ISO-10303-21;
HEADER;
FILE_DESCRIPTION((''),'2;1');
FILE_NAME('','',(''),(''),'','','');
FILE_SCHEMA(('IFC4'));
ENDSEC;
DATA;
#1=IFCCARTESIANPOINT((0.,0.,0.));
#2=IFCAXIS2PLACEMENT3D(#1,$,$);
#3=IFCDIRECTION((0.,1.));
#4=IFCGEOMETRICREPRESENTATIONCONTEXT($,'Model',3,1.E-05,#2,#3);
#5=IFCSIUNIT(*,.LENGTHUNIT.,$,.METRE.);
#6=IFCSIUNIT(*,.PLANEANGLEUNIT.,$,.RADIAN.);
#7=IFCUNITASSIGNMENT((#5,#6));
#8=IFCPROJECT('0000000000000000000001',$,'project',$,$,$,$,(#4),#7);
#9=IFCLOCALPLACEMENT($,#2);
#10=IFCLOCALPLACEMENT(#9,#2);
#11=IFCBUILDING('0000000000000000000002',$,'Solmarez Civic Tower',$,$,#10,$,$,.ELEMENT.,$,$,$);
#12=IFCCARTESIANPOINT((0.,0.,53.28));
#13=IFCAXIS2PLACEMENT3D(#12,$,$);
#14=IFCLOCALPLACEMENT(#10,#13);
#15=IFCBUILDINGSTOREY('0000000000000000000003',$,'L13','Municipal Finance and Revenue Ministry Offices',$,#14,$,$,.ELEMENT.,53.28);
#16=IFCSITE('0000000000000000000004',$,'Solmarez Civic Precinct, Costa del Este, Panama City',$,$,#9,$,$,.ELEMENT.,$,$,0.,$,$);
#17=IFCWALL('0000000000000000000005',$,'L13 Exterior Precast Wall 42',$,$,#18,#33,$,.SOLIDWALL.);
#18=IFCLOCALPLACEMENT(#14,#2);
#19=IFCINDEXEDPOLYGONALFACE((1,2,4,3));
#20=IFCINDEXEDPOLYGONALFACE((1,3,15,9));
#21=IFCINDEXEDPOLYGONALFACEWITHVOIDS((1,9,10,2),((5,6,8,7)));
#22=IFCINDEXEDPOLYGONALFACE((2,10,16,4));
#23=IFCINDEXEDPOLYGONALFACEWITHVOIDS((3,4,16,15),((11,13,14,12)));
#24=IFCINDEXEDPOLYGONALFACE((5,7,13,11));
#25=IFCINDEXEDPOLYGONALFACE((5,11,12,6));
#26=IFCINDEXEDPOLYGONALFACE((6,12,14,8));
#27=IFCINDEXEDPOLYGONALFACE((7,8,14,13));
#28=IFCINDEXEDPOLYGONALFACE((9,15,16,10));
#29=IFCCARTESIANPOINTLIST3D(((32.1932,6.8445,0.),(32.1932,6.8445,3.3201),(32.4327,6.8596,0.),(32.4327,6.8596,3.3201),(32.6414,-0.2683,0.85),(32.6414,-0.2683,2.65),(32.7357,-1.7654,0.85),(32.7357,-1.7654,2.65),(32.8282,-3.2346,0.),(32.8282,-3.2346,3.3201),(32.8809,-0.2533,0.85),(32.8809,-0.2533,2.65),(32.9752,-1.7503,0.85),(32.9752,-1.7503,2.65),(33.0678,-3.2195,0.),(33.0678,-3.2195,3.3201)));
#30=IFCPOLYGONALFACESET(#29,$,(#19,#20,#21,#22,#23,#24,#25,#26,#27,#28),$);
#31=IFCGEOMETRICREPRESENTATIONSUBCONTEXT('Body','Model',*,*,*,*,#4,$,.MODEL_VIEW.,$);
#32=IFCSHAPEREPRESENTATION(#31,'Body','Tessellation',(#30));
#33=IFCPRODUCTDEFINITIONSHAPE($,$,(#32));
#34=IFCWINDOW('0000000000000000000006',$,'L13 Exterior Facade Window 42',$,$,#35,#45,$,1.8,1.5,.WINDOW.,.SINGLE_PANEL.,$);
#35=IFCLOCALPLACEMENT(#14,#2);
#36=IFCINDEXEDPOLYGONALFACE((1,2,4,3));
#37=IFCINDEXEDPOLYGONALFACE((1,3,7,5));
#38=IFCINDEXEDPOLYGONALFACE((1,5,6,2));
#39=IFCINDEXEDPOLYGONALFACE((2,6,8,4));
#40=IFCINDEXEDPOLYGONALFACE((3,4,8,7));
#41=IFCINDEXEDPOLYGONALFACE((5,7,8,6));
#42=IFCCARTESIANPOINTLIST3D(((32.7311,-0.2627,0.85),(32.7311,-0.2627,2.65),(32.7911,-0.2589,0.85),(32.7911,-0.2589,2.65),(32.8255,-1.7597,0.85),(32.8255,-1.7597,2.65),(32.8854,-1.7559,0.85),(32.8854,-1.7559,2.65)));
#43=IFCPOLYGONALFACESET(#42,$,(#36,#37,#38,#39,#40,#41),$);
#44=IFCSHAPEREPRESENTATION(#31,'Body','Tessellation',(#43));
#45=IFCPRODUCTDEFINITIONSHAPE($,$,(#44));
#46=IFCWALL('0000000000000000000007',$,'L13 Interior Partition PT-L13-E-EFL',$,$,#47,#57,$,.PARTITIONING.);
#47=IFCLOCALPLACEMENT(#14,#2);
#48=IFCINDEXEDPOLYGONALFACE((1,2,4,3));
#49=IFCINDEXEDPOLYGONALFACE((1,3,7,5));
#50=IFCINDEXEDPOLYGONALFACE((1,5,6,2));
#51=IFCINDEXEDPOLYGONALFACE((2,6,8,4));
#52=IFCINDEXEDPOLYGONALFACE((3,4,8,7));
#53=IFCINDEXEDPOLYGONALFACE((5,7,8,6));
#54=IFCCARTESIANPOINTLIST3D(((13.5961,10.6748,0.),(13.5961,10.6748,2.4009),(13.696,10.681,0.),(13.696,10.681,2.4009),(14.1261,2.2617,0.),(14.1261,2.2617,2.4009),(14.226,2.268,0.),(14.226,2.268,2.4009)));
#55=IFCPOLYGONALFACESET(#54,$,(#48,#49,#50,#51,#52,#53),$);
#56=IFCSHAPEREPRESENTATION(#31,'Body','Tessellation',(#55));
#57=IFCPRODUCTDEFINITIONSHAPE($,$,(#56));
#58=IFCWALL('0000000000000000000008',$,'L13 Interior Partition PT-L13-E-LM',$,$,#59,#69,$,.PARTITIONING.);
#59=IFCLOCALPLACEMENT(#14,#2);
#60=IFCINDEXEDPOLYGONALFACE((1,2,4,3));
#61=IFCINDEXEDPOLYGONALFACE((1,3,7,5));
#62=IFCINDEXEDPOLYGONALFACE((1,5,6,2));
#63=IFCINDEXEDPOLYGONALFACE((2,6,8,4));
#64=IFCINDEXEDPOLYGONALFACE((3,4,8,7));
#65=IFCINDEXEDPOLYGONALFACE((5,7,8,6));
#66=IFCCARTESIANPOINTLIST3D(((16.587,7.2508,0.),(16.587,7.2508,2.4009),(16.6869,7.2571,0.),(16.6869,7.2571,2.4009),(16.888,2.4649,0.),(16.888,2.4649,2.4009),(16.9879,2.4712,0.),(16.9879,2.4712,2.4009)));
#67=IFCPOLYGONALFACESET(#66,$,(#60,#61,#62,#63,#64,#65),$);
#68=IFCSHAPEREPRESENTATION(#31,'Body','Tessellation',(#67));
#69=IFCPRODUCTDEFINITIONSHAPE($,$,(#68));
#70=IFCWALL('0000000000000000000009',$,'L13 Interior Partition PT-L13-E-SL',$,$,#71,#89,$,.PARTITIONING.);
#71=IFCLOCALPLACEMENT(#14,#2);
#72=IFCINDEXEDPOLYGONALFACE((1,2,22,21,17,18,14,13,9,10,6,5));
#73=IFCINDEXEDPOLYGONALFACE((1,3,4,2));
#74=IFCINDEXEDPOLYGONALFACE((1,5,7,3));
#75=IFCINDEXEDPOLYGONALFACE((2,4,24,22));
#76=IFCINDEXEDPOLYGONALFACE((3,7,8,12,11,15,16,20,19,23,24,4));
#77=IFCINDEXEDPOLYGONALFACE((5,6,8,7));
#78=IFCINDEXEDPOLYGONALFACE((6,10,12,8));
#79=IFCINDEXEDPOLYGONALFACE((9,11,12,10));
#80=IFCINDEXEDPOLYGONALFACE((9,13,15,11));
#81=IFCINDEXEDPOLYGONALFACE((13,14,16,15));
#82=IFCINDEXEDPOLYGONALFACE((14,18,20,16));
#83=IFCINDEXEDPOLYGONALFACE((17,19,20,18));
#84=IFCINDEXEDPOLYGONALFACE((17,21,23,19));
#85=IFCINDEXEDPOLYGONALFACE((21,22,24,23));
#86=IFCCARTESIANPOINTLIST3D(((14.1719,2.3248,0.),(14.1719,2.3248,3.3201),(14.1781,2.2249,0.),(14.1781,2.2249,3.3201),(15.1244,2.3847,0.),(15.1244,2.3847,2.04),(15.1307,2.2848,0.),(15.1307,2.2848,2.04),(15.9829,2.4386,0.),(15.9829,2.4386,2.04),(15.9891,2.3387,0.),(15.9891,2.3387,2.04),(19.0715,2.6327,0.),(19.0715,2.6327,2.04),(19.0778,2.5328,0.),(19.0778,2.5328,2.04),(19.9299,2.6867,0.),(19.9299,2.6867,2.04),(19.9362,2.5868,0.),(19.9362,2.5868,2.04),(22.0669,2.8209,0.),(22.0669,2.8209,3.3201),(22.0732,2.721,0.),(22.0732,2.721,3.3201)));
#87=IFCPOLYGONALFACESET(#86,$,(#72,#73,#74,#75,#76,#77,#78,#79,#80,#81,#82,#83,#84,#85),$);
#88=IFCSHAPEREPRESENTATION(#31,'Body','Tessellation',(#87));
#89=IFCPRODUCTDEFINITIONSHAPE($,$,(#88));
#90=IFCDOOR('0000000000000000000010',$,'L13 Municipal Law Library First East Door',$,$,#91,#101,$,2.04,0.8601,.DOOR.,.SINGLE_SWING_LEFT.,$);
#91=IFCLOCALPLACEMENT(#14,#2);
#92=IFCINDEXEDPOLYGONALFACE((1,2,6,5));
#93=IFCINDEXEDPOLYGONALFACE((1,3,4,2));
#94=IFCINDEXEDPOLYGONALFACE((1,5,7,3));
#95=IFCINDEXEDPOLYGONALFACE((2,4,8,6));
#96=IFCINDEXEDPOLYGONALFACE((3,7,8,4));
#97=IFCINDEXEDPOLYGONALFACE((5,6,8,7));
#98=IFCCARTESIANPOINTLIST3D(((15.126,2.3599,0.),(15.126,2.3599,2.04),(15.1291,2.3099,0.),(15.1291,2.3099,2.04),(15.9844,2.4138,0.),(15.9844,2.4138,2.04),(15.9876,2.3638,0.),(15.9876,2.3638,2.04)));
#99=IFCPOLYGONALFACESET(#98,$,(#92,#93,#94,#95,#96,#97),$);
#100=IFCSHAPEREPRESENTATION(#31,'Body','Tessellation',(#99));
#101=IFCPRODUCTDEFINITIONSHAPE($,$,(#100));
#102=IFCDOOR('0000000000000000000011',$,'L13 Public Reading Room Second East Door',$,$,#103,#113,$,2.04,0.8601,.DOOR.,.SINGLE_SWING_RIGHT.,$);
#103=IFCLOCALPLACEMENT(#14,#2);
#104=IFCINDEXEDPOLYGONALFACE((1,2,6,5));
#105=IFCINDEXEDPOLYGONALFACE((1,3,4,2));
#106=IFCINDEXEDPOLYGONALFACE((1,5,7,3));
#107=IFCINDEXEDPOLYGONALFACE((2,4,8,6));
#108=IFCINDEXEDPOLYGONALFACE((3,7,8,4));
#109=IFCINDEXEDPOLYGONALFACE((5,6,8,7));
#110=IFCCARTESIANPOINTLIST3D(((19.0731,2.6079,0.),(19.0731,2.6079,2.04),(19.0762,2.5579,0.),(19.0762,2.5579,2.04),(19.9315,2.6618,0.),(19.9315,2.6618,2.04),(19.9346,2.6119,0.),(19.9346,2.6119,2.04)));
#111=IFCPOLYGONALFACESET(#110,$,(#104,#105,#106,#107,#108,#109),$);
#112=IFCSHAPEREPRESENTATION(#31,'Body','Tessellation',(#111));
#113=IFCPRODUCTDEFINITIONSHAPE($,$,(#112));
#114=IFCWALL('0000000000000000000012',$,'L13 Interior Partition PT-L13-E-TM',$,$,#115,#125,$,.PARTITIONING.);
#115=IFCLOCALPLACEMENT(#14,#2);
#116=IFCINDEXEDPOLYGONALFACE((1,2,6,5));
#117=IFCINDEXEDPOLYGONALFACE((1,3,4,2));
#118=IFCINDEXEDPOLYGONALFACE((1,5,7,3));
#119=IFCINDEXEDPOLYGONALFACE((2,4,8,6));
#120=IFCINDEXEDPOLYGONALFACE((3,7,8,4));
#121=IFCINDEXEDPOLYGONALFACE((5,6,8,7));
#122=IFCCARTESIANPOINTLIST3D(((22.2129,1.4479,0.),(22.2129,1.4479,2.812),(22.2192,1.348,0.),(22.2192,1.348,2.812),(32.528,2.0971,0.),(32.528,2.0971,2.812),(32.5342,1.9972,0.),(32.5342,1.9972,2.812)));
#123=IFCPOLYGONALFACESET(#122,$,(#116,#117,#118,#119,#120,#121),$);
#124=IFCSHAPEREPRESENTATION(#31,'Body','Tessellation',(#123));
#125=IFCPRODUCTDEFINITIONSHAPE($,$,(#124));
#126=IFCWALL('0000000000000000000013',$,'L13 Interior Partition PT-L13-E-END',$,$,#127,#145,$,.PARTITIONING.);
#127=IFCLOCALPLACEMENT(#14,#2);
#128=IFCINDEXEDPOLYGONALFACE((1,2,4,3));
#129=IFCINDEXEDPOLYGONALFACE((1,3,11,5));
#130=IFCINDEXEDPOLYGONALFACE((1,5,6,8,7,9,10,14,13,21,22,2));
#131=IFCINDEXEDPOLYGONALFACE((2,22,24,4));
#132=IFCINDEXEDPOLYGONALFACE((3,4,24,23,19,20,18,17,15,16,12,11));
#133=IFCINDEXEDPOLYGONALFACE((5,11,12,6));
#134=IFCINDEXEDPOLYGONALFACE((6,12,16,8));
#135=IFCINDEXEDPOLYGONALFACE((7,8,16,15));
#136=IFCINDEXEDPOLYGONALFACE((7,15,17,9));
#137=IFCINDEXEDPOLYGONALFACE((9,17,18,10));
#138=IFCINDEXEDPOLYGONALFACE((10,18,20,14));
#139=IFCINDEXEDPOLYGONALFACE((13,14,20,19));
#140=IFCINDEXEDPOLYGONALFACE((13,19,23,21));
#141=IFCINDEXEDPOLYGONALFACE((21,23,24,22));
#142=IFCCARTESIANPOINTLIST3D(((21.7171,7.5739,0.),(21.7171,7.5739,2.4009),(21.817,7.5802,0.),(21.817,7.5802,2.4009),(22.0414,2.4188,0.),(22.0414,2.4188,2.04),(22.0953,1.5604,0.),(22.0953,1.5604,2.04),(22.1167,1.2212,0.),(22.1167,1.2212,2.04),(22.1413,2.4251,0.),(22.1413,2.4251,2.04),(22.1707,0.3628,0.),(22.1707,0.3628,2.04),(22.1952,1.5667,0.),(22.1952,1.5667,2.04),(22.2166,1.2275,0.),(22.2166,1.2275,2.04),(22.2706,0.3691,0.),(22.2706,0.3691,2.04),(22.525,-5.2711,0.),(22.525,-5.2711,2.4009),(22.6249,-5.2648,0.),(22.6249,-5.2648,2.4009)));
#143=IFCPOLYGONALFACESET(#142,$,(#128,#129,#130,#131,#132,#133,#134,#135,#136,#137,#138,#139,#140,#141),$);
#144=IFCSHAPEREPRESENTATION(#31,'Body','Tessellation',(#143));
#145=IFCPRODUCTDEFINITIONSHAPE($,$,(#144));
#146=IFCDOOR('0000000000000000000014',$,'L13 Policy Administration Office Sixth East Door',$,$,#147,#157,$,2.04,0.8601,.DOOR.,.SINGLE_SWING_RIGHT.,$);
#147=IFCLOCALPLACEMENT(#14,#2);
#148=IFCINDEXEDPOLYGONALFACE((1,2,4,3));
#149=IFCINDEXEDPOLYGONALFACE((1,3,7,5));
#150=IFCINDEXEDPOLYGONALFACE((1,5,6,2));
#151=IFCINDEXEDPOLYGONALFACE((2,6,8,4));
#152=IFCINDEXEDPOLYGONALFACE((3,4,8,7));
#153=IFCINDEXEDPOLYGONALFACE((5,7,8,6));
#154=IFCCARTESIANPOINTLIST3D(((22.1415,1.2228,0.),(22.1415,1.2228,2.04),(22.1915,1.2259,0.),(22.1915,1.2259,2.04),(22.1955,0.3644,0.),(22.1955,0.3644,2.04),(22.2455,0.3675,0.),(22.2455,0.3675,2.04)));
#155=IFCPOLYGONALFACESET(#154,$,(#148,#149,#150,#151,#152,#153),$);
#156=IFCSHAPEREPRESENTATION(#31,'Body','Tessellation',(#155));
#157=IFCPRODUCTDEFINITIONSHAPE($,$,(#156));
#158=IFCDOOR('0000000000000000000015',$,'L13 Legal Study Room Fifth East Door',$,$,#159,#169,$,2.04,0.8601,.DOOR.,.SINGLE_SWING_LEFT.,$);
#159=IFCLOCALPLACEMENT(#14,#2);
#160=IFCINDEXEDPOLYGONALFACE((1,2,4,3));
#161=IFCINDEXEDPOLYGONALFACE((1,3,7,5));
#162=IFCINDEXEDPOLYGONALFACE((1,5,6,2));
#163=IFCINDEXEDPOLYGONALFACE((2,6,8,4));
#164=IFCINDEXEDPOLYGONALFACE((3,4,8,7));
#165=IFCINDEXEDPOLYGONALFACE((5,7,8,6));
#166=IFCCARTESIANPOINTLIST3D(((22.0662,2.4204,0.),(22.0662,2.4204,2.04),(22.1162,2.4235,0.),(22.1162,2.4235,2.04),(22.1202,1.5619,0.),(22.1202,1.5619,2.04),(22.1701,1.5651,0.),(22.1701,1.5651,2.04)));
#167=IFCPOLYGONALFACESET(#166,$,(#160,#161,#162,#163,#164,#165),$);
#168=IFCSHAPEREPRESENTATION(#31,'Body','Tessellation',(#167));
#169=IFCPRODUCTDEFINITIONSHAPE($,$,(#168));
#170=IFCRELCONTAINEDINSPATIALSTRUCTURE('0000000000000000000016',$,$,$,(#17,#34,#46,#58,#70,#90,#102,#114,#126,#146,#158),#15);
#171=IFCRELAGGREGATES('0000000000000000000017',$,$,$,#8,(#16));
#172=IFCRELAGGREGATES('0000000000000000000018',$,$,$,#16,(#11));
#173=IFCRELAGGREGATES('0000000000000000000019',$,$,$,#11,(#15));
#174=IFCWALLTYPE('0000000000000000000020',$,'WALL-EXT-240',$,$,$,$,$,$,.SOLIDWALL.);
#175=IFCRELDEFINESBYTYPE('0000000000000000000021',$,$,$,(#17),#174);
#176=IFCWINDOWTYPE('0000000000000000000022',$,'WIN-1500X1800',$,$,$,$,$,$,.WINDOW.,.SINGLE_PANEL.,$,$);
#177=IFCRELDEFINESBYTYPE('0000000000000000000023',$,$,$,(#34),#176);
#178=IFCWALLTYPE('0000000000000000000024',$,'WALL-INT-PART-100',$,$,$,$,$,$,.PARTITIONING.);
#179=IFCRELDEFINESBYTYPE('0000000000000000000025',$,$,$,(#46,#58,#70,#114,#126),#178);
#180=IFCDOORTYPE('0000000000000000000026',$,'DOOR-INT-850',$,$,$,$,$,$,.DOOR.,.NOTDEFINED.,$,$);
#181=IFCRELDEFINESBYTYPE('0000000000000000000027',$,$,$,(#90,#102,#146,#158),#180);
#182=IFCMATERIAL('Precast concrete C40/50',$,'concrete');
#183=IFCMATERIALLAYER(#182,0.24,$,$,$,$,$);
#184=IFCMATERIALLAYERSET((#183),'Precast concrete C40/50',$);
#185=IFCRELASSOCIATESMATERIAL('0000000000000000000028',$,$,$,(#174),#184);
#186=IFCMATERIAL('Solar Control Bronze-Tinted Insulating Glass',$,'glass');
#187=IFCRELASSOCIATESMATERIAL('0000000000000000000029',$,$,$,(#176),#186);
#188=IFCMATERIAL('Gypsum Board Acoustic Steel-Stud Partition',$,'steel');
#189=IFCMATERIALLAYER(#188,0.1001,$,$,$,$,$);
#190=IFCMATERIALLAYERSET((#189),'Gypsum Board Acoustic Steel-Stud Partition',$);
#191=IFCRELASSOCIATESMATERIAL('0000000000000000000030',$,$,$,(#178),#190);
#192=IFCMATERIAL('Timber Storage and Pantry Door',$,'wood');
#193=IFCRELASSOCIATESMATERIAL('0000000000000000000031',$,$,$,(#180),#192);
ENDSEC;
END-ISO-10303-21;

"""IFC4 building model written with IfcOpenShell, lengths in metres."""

from ifc_helpers import new_model, si_unit, direction, frame, frame_2d, origin, place, context, subcontext, project, spatial, rectangle, extrude, material, layer, layer_set, type_object, element, fill, save


model = new_model("IFC4")

# Units and contexts
model_context = context("Model", 3, precision=1e-05, world=origin(), true_north=direction((0.0, 1.0)))
body_context = subcontext(model_context, "Body", "Model", "MODEL_VIEW")
ifc_project = project(units=[si_unit("LENGTHUNIT", "METRE"), si_unit("PLANEANGLEUNIT", "RADIAN")], contexts=[model_context])

# Site, building, storey
site_placement = place(None, origin())
site = spatial("IfcSite", under=ifc_project, at=site_placement, Name="Solmarez Civic Precinct, Costa del Este, Panama City", CompositionType="ELEMENT", RefElevation=0.0)
building_placement = place(site_placement, origin())
building = spatial("IfcBuilding", under=site, at=building_placement, Name="Solmarez Civic Tower", CompositionType="ELEMENT")
storey_placement = place(building_placement, frame((0.0, 0.0, 53.28)))
storey = spatial("IfcBuildingStorey", under=building, at=storey_placement, Name="L13", Description="Municipal Finance and Revenue Ministry Offices", CompositionType="ELEMENT", Elevation=53.28)

# Shared definitions
ifc_material_1 = material(Name="Precast concrete C40/50", Category="concrete")
ifc_layer_1 = layer(ifc_material_1, 0.24)
ifc_layer_set_1 = layer_set([ifc_layer_1], Name="Precast concrete C40/50")
wall_type_1 = type_object("IfcWallType", Name="WALL-EXT-240", PredefinedType="SOLIDWALL", material=ifc_layer_set_1)

# Wall, opening, window
wall_1_placement = place(storey_placement, frame((32.313, 6.8521, 0.0), z_axis=(0.0, 0.0, 1.0), x_axis=(0.062878, -0.998021, 0.0)))
wall_1 = element("IfcWall", 1, at=wall_1_placement, inside=storey, type_object=wall_type_1, Name="L13 Exterior Precast Wall 42", PredefinedType="SOLIDWALL", context=body_context, shape_type="SweptSolid", body=[
    extrude(rectangle(XDim=10.0991, YDim=0.24, at=frame_2d((5.0496, 0.0))), origin(), (0.0, 0.0, 1.0), 3.3201),
])
opening_1_placement = place(wall_1_placement, frame((7.127, 0.0, 0.8501)))
opening_1 = element("IfcOpeningElement", 2, at=opening_1_placement, cuts=wall_1, PredefinedType="OPENING", context=body_context, shape_type="SweptSolid", body=[
    extrude(rectangle(XDim=1.5, YDim=1.8, at=frame_2d((0.75, 0.8999))), frame((0.0, 0.1299, 0.0), z_axis=(0.0, -1.0, 0.0), x_axis=(1.0, 0.0, 0.0)), (0.0, 0.0, 1.0), 0.26),
])
ifc_material_2 = material(Name="Solar Control Bronze-Tinted Insulating Glass", Category="glass")
window_type = type_object("IfcWindowType", Name="WIN-1500X1800", PartitioningType="SINGLE_PANEL", PredefinedType="WINDOW", material=ifc_material_2)
window_placement = place(opening_1_placement, origin())
window = element("IfcWindow", 3, at=window_placement, inside=storey, type_object=window_type, Name="L13 Exterior Facade Window 42", OverallHeight=1.8, OverallWidth=1.5, PartitioningType="SINGLE_PANEL", PredefinedType="WINDOW", context=body_context, shape_type="SweptSolid", body=[
    extrude(rectangle(XDim=1.5, YDim=1.8, at=frame_2d((0.75, 0.8999))), frame((0.0, 0.03, 0.0), z_axis=(0.0, -1.0, 0.0), x_axis=(1.0, 0.0, 0.0)), (0.0, 0.0, 1.0), 0.0601),
])
fill(opening_1, window)

# Walls
ifc_material_3 = material(Name="Gypsum Board Acoustic Steel-Stud Partition", Category="steel")
ifc_layer_2 = layer(ifc_material_3, 0.1001)
ifc_layer_set_2 = layer_set([ifc_layer_2], Name="Gypsum Board Acoustic Steel-Stud Partition")
wall_type_2 = type_object("IfcWallType", Name="WALL-INT-PART-100", PredefinedType="PARTITIONING", material=ifc_layer_set_2)
wall_2_placement = place(storey_placement, frame((14.176, 2.2649, 0.0), z_axis=(0.0, 0.0, 1.0), x_axis=(-0.062876, 0.998021, 0.0)))
element("IfcWall", 4, at=wall_2_placement, inside=storey, type_object=wall_type_2, Name="L13 Interior Partition PT-L13-E-EFL", PredefinedType="PARTITIONING", context=body_context, shape_type="SweptSolid", body=[
    extrude(rectangle(XDim=8.4297, YDim=0.1001, at=frame_2d((4.2148, 0.0))), origin(), (0.0, 0.0, 1.0), 2.4009),
])
wall_3_placement = place(storey_placement, frame((16.938, 2.468, 0.0), z_axis=(0.0, 0.0, 1.0), x_axis=(-0.062774, 0.998028, 0.0)))
element("IfcWall", 5, at=wall_3_placement, inside=storey, type_object=wall_type_2, Name="L13 Interior Partition PT-L13-E-LM", PredefinedType="PARTITIONING", context=body_context, shape_type="SweptSolid", body=[
    extrude(rectangle(XDim=4.7954, YDim=0.1001, at=frame_2d((2.3977, 0.0))), origin(), (0.0, 0.0, 1.0), 2.4009),
])

# Wall, openings, doors
wall_4_placement = place(storey_placement, frame((22.0701, 2.771, 0.0), z_axis=(0.0, 0.0, 1.0), x_axis=(-0.998032, -0.062713, 0.0)))
wall_4 = element("IfcWall", 6, at=wall_4_placement, inside=storey, type_object=wall_type_2, Name="L13 Interior Partition PT-L13-E-SL", PredefinedType="PARTITIONING", context=body_context, shape_type="SweptSolid", body=[
    extrude(rectangle(XDim=7.9106, YDim=0.1001, at=frame_2d((3.9553, 0.0))), origin(), (0.0, 0.0, 1.0), 3.3201),
])
opening_2_placement = place(wall_4_placement, frame((6.0959, 0.0, 0.0)))
opening_2 = element("IfcOpeningElement", 7, at=opening_2_placement, cuts=wall_4, PredefinedType="OPENING", context=body_context, shape_type="SweptSolid", body=[
    extrude(rectangle(XDim=0.8601, YDim=2.04, at=frame_2d((0.4302, 1.02))), frame((0.0, 0.0601, 0.0), z_axis=(0.0, -1.0, 0.0), x_axis=(1.0, 0.0, 0.0)), (0.0, 0.0, 1.0), 0.1201),
])
opening_3_placement = place(wall_4_placement, frame((2.1411, 0.0, 0.0)))
opening_3 = element("IfcOpeningElement", 8, at=opening_3_placement, cuts=wall_4, PredefinedType="OPENING", context=body_context, shape_type="SweptSolid", body=[
    extrude(rectangle(XDim=0.8601, YDim=2.04, at=frame_2d((0.4302, 1.02))), frame((0.0, 0.0601, 0.0), z_axis=(0.0, -1.0, 0.0), x_axis=(1.0, 0.0, 0.0)), (0.0, 0.0, 1.0), 0.1201),
])
ifc_material_4 = material(Name="Timber Storage and Pantry Door", Category="wood")
door_type_1 = type_object("IfcDoorType", Name="DOOR-INT-850", OperationType="NOTDEFINED", PredefinedType="DOOR", material=ifc_material_4)
door_1_placement = place(opening_2_placement, origin())
door_1 = element("IfcDoor", 9, at=door_1_placement, inside=storey, type_object=door_type_1, Name="L13 Municipal Law Library First East Door", OperationType="SINGLE_SWING_LEFT", OverallHeight=2.04, OverallWidth=0.8601, PredefinedType="DOOR", context=body_context, shape_type="SweptSolid", body=[
    extrude(rectangle(XDim=0.8601, YDim=2.04, at=frame_2d((0.4302, 1.02))), frame((0.0, 0.0249, 0.0), z_axis=(0.0, -1.0, 0.0), x_axis=(1.0, 0.0, 0.0)), (0.0, 0.0, 1.0), 0.05),
])
fill(opening_2, door_1)
door_2_placement = place(opening_3_placement, origin())
door_2 = element("IfcDoor", 10, at=door_2_placement, inside=storey, type_object=door_type_1, Name="L13 Public Reading Room Second East Door", OperationType="SINGLE_SWING_RIGHT", OverallHeight=2.04, OverallWidth=0.8601, PredefinedType="DOOR", context=body_context, shape_type="SweptSolid", body=[
    extrude(rectangle(XDim=0.8601, YDim=2.04, at=frame_2d((0.4302, 1.02))), frame((0.0, 0.0249, 0.0), z_axis=(0.0, -1.0, 0.0), x_axis=(1.0, 0.0, 0.0)), (0.0, 0.0, 1.0), 0.05),
])
fill(opening_3, door_2)

# Wall
wall_5_placement = place(storey_placement, frame((22.2161, 1.3979, 0.0), z_axis=(0.0, 0.0, 1.0), x_axis=(0.998025, 0.062811, 0.0)))
element("IfcWall", 11, at=wall_5_placement, inside=storey, type_object=wall_type_2, Name="L13 Interior Partition PT-L13-E-TM", PredefinedType="PARTITIONING", context=body_context, shape_type="SweptSolid", body=[
    extrude(rectangle(XDim=10.3354, YDim=0.1001, at=frame_2d((5.1677, 0.0))), origin(), (0.0, 0.0, 1.0), 2.812),
])

# Wall, openings, doors
wall_6_placement = place(storey_placement, frame((21.7671, 7.5769, 0.0), z_axis=(0.0, 0.0, 1.0), x_axis=(0.062769, -0.998028, 0.0)))
wall_6 = element("IfcWall", 12, at=wall_6_placement, inside=storey, type_object=wall_type_2, Name="L13 Interior Partition PT-L13-E-END", PredefinedType="PARTITIONING", context=body_context, shape_type="SweptSolid", body=[
    extrude(rectangle(XDim=12.8704, YDim=0.1001, at=frame_2d((6.4351, 0.0))), origin(), (0.0, 0.0, 1.0), 2.4009),
])
opening_4_placement = place(wall_6_placement, frame((6.365, 0.0, 0.0)))
opening_4 = element("IfcOpeningElement", 13, at=opening_4_placement, cuts=wall_6, PredefinedType="OPENING", context=body_context, shape_type="SweptSolid", body=[
    extrude(rectangle(XDim=0.8601, YDim=2.04, at=frame_2d((0.4302, 1.02))), frame((0.0, 0.0601, 0.0), z_axis=(0.0, -1.0, 0.0), x_axis=(1.0, 0.0, 0.0)), (0.0, 0.0, 1.0), 0.1201),
])
opening_5_placement = place(wall_6_placement, frame((5.165, 0.0, 0.0)))
opening_5 = element("IfcOpeningElement", 14, at=opening_5_placement, cuts=wall_6, PredefinedType="OPENING", context=body_context, shape_type="SweptSolid", body=[
    extrude(rectangle(XDim=0.8601, YDim=2.04, at=frame_2d((0.4302, 1.02))), frame((0.0, 0.0601, 0.0), z_axis=(0.0, -1.0, 0.0), x_axis=(1.0, 0.0, 0.0)), (0.0, 0.0, 1.0), 0.1201),
])
door_3_placement = place(opening_4_placement, origin())
door_3 = element("IfcDoor", 15, at=door_3_placement, inside=storey, type_object=door_type_1, Name="L13 Policy Administration Office Sixth East Door", OperationType="SINGLE_SWING_RIGHT", OverallHeight=2.04, OverallWidth=0.8601, PredefinedType="DOOR", context=body_context, shape_type="SweptSolid", body=[
    extrude(rectangle(XDim=0.8601, YDim=2.04, at=frame_2d((0.4302, 1.02))), frame((0.0, 0.0249, 0.0), z_axis=(0.0, -1.0, 0.0), x_axis=(1.0, 0.0, 0.0)), (0.0, 0.0, 1.0), 0.05),
])
fill(opening_4, door_3)
door_4_placement = place(opening_5_placement, origin())
door_4 = element("IfcDoor", 16, at=door_4_placement, inside=storey, type_object=door_type_1, Name="L13 Legal Study Room Fifth East Door", OperationType="SINGLE_SWING_LEFT", OverallHeight=2.04, OverallWidth=0.8601, PredefinedType="DOOR", context=body_context, shape_type="SweptSolid", body=[
    extrude(rectangle(XDim=0.8601, YDim=2.04, at=frame_2d((0.4302, 1.02))), frame((0.0, 0.0249, 0.0), z_axis=(0.0, -1.0, 0.0), x_axis=(1.0, 0.0, 0.0)), (0.0, 0.0, 1.0), 0.05),
])
fill(opening_5, door_4)

save(model, "model.ifc")
